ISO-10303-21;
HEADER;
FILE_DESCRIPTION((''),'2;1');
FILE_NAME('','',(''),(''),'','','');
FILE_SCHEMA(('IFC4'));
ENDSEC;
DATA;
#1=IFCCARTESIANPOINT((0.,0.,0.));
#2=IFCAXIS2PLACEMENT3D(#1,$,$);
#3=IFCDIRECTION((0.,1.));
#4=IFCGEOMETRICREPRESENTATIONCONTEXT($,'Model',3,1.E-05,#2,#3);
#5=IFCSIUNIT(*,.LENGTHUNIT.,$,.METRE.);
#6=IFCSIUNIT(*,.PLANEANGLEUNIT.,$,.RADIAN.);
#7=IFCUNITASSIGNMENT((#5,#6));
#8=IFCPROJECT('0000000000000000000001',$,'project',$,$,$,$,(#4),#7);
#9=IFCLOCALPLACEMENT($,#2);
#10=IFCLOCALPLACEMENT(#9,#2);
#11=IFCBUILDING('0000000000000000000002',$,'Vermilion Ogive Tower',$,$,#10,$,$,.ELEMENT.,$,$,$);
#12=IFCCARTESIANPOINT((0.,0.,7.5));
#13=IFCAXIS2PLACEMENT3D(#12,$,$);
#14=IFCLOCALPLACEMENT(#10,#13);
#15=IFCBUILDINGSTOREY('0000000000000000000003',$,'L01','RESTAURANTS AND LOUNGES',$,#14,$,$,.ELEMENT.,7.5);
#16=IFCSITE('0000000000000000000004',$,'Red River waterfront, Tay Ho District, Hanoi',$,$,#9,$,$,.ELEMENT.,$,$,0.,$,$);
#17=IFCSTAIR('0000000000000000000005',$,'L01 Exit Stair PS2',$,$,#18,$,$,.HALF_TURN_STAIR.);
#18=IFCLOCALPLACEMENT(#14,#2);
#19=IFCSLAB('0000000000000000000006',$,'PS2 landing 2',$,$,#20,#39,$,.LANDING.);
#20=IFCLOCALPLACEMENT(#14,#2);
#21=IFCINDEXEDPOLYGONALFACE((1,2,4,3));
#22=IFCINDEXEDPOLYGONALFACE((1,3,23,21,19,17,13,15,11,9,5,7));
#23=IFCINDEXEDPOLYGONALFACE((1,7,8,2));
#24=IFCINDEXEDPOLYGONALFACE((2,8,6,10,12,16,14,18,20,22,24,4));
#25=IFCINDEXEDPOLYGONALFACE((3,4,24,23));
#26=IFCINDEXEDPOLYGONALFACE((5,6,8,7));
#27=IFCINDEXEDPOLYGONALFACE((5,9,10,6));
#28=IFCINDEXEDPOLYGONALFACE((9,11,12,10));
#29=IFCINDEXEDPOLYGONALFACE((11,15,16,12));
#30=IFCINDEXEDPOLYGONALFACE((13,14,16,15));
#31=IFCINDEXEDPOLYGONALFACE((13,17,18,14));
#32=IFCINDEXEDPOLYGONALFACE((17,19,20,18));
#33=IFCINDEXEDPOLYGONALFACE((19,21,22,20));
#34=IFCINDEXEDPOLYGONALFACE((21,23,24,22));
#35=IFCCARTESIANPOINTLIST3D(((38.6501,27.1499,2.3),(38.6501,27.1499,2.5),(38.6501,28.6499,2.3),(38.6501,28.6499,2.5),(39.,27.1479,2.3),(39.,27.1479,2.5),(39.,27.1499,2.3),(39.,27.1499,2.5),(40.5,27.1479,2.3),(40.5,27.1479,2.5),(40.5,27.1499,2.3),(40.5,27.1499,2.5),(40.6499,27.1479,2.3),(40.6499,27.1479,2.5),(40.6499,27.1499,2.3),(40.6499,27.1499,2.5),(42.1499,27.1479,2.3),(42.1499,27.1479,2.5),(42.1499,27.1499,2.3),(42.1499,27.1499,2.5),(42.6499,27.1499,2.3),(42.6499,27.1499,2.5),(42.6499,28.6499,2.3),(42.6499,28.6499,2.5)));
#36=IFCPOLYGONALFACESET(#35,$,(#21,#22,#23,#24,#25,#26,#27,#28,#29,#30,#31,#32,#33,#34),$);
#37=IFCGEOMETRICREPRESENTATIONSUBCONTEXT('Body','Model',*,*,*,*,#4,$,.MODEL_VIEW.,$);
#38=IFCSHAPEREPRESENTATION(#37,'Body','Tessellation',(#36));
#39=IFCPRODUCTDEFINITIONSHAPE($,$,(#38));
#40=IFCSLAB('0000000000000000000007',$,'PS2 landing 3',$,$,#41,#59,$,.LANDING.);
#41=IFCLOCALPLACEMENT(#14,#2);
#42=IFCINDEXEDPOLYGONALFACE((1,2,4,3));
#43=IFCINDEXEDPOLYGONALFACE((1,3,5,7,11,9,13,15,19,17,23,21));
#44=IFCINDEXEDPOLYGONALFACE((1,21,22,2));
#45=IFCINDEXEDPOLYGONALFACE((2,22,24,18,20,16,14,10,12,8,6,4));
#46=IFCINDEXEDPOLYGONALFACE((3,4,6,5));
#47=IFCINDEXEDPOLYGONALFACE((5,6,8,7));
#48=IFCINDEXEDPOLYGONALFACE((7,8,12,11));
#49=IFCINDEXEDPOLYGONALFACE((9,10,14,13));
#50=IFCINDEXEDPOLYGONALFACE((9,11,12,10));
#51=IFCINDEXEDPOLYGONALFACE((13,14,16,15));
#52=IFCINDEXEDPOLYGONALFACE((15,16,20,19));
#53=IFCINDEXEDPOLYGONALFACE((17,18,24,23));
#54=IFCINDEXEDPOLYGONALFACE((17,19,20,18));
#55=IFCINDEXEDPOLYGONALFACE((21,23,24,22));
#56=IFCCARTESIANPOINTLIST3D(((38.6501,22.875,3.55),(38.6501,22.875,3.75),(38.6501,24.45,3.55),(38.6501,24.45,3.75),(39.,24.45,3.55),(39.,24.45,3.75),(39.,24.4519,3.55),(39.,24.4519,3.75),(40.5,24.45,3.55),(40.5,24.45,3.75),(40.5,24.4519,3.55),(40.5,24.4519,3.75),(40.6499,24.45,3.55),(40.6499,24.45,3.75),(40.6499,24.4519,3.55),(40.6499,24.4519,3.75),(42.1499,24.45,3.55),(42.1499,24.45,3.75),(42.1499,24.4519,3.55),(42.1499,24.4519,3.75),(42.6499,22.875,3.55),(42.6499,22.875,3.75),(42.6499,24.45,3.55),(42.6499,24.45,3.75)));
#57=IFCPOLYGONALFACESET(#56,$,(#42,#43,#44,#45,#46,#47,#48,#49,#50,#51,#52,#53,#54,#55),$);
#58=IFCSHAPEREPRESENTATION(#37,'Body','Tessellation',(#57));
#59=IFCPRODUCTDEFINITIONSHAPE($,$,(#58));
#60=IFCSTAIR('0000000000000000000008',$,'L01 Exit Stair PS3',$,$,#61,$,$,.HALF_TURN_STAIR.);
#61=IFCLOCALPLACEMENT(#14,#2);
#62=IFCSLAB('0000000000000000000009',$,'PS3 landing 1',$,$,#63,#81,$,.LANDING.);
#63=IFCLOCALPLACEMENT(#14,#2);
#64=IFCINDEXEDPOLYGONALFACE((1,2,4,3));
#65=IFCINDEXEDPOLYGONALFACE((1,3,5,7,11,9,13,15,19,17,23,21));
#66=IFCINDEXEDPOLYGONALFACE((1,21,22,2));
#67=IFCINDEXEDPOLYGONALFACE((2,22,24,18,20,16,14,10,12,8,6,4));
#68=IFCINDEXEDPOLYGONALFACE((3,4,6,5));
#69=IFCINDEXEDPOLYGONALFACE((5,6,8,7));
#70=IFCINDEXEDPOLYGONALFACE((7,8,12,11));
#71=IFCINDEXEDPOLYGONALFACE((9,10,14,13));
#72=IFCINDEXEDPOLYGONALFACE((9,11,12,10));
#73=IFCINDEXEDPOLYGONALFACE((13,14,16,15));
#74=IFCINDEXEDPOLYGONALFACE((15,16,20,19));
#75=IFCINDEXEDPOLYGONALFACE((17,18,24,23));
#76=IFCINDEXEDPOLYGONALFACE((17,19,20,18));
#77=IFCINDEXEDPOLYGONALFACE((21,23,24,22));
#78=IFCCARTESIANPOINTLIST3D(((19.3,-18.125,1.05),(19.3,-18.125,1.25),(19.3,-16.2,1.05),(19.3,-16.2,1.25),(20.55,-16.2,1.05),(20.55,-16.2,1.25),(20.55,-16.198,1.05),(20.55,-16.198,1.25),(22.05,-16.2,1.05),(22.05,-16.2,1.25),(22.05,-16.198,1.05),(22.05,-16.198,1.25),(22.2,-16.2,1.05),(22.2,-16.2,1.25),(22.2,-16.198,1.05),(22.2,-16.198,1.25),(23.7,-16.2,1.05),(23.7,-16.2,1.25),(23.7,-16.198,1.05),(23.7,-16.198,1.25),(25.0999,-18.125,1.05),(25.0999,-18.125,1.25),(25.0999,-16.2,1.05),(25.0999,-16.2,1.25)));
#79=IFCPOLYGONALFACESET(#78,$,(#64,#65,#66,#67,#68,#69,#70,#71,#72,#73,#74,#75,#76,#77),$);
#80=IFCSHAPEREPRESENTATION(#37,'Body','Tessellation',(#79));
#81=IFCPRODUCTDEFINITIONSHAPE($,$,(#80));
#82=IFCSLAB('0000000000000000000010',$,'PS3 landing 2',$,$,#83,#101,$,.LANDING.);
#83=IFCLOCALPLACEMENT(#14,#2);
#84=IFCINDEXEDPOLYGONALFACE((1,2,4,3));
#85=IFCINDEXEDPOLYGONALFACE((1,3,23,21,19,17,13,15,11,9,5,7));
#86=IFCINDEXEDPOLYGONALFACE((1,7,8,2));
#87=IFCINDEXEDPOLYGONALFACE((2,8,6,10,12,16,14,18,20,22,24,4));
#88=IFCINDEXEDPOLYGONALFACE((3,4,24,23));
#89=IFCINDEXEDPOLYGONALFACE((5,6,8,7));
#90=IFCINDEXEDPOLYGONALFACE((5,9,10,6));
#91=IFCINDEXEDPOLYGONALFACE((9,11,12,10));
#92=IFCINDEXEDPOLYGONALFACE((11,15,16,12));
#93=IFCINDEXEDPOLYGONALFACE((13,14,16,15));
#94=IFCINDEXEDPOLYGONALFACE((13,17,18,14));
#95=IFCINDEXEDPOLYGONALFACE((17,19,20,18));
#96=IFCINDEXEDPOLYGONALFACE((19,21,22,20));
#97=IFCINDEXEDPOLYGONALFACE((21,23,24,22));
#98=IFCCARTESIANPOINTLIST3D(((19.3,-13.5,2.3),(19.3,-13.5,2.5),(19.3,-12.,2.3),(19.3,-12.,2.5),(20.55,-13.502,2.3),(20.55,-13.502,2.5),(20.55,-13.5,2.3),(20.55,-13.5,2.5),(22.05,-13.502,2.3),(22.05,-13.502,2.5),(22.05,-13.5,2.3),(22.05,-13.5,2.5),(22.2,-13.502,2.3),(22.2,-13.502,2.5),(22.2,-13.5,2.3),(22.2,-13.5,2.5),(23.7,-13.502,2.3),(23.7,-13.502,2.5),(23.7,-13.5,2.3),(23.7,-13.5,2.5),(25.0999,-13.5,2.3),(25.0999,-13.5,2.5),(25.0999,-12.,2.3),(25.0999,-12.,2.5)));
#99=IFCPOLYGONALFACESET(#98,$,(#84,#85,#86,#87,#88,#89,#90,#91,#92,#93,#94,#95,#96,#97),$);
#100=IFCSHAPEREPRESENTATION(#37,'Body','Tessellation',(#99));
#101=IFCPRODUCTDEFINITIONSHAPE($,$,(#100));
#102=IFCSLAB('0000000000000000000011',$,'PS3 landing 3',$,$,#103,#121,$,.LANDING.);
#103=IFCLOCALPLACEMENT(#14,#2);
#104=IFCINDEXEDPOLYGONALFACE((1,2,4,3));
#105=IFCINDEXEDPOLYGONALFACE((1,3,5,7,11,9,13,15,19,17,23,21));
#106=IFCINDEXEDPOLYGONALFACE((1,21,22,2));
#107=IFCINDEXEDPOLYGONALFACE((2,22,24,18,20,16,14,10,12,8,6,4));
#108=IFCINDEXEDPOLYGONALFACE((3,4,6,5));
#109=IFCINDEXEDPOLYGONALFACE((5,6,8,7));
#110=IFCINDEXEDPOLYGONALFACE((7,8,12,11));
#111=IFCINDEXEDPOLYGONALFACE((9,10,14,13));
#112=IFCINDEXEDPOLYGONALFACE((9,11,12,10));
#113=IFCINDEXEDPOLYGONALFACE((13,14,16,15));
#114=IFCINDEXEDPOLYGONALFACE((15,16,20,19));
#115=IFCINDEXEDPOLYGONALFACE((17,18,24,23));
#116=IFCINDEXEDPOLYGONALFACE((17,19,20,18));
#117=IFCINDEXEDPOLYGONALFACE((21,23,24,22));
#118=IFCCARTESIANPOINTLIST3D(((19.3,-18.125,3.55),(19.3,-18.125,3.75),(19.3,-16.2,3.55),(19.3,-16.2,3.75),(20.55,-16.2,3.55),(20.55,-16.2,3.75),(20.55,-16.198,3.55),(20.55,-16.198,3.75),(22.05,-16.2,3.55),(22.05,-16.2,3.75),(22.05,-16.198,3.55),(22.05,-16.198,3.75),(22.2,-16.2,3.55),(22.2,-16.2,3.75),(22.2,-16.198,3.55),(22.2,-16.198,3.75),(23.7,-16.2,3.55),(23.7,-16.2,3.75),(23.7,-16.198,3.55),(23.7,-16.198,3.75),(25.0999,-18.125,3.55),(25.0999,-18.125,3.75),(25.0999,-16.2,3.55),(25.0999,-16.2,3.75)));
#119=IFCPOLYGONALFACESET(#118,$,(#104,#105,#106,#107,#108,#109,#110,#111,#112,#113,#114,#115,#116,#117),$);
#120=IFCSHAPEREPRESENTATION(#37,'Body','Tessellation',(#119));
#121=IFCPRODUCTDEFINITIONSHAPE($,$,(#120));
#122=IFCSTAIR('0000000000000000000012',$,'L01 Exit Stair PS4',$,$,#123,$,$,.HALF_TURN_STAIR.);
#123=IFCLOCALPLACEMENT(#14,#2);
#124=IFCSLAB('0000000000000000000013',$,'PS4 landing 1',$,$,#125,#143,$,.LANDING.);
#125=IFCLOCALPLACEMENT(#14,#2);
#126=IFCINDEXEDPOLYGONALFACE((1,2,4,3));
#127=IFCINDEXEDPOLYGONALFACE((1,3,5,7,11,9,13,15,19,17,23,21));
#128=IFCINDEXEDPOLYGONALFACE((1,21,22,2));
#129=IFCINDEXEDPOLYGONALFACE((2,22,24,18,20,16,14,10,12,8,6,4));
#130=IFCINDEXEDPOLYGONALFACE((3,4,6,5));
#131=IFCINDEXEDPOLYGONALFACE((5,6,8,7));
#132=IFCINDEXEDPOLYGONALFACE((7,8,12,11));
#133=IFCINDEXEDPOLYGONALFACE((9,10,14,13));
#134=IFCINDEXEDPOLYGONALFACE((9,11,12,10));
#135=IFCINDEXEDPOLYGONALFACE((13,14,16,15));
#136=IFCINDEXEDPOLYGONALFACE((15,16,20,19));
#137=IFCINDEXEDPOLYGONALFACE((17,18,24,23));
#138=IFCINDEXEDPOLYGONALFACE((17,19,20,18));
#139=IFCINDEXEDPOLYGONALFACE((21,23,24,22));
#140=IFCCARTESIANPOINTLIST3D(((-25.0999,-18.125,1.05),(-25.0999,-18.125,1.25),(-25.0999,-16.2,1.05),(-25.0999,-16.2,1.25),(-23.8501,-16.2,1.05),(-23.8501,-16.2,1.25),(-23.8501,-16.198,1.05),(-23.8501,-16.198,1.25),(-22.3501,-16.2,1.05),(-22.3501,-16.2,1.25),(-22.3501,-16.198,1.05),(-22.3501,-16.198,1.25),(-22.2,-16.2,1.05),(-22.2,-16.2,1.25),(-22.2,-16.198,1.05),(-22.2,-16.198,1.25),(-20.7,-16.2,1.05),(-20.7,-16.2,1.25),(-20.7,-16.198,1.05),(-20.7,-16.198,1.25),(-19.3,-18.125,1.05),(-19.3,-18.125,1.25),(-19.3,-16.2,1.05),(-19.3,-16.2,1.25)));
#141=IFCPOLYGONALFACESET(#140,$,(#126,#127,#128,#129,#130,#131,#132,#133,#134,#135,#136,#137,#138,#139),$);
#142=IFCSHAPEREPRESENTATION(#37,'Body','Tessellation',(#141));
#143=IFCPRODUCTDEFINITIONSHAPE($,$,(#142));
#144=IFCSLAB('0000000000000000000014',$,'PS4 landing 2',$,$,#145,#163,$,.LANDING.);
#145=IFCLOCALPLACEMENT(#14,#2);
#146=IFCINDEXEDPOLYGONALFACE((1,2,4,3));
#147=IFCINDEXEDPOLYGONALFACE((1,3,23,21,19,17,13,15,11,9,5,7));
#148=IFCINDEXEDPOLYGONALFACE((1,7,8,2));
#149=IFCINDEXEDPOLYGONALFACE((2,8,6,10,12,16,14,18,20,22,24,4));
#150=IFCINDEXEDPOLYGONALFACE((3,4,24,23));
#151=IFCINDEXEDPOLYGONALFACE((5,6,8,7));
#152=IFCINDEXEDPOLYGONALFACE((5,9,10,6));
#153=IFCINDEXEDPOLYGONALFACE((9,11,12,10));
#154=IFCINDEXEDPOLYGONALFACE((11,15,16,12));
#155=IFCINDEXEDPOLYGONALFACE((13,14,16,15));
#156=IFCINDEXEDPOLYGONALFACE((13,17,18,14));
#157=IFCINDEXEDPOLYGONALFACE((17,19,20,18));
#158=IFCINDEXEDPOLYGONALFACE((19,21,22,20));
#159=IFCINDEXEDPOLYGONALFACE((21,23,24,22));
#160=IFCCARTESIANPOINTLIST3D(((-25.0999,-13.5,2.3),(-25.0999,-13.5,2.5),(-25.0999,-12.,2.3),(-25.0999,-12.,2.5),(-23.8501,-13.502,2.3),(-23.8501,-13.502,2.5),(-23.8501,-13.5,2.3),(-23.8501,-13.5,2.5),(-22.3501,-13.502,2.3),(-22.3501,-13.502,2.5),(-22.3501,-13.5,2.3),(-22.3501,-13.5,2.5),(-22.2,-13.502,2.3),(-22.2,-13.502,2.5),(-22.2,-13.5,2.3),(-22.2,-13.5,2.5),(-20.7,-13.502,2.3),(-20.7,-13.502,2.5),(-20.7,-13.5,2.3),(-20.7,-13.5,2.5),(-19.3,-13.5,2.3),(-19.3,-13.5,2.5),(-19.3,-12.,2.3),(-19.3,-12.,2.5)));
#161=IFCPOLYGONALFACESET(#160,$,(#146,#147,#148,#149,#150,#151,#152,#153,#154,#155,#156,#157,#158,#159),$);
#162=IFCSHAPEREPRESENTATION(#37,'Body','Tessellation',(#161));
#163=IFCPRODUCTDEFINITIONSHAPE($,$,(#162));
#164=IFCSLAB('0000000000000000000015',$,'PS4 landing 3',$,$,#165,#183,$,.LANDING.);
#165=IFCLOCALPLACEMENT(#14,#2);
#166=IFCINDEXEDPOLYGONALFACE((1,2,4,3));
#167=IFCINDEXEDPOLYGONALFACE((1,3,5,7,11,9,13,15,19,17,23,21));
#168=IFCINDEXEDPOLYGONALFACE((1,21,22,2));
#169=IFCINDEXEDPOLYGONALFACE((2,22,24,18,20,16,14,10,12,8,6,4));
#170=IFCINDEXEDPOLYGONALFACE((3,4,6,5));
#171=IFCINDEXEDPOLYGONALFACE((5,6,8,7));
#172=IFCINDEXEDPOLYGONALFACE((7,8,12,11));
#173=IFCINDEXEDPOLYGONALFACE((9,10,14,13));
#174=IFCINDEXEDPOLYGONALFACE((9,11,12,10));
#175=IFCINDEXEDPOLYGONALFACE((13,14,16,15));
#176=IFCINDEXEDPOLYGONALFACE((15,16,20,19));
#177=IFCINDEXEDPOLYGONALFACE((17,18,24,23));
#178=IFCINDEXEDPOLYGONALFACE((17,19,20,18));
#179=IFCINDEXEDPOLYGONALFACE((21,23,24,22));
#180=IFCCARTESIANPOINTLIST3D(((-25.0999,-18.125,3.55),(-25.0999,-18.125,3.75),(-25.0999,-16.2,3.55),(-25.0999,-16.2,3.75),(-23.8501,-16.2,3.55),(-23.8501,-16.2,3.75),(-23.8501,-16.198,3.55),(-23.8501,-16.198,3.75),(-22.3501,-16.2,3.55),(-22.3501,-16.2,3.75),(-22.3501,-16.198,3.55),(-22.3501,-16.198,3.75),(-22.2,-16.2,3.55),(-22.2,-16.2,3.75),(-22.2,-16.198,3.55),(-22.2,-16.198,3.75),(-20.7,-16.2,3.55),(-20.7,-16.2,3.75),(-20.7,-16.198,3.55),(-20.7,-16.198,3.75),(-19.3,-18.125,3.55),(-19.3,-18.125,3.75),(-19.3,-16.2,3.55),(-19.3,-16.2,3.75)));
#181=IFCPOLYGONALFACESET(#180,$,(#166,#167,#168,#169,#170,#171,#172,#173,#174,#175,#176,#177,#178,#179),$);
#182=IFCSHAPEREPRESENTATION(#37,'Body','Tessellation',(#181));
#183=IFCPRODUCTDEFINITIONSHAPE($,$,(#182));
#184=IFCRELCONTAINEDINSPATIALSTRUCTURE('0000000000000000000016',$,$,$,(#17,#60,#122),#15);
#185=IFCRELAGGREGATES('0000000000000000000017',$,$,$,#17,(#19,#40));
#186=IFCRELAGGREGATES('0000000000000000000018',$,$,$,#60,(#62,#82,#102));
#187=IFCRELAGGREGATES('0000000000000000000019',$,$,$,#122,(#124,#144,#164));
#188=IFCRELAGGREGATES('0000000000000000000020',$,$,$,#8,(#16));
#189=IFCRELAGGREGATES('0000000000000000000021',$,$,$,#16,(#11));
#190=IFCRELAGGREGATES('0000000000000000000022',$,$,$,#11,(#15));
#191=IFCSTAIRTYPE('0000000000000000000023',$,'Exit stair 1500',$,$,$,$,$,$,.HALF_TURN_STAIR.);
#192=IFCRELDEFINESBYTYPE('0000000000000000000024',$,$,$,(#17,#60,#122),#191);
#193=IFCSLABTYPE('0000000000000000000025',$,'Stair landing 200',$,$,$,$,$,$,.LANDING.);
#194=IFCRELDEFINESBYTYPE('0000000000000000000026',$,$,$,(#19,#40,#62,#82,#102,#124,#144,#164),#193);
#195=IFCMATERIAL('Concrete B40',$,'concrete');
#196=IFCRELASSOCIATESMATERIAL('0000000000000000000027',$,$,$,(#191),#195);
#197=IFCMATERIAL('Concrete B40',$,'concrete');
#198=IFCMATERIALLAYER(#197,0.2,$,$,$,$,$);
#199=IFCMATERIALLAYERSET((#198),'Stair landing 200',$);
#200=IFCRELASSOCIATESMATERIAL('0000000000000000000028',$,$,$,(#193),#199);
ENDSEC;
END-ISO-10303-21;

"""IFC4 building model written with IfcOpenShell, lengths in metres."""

from ifc_helpers import new_model, si_unit, direction, frame, origin, place, context, subcontext, project, spatial, polyline, outline, extrude, material, layer, layer_set, type_object, element, aggregate, save


model = new_model("IFC4")

# Units and contexts
model_context = context("Model", 3, precision=1e-05, world=origin(), true_north=direction((0.0, 1.0)))
body_context = subcontext(model_context, "Body", "Model", "MODEL_VIEW")
ifc_project = project(units=[si_unit("LENGTHUNIT", "METRE"), si_unit("PLANEANGLEUNIT", "RADIAN")], contexts=[model_context])

# Site, building, storey
site_placement = place(None, origin())
site = spatial("IfcSite", under=ifc_project, at=site_placement, Name="Red River waterfront, Tay Ho District, Hanoi", CompositionType="ELEMENT", RefElevation=0.0)
building_placement = place(site_placement, origin())
building = spatial("IfcBuilding", under=site, at=building_placement, Name="Vermilion Ogive Tower", CompositionType="ELEMENT")
storey_placement = place(building_placement, frame((0.0, 0.0, 7.5)))
storey = spatial("IfcBuildingStorey", under=building, at=storey_placement, Name="L01", Description="RESTAURANTS AND LOUNGES", CompositionType="ELEMENT", Elevation=7.5)

# Shared definitions
ifc_material_1 = material(Name="Concrete B40", Category="concrete")
stair_type = type_object("IfcStairType", Name="Exit stair 1500", PredefinedType="HALF_TURN_STAIR", material=ifc_material_1)
ifc_material_2 = material(Name="Concrete B40", Category="concrete")
ifc_layer_1 = layer(ifc_material_2, 0.2)
ifc_layer_set_1 = layer_set([ifc_layer_1], Name="Stair landing 200")
slab_type = type_object("IfcSlabType", Name="Stair landing 200", PredefinedType="LANDING", material=ifc_layer_set_1)

# Stairs, slabs
stair_1_placement = place(storey_placement, origin())
stair_1 = element("IfcStair", 1, at=stair_1_placement, inside=storey, type_object=stair_type, Name="L01 Exit Stair PS2", PredefinedType="HALF_TURN_STAIR")
slab_1_placement = place(storey_placement, frame((0.0, 0.0, 2.3)))
slab_1 = element("IfcSlab", 2, at=slab_1_placement, type_object=slab_type, Name="PS2 landing 2", PredefinedType="LANDING", context=body_context, shape_type="SweptSolid", body=[
    extrude(outline(polyline([(38.6501, 27.1499), (39.0, 27.1499), (39.0, 27.1479), (40.5, 27.1479), (40.5, 27.1499), (40.6499, 27.1499), (40.6499, 27.1479), (42.1499, 27.1479), (42.1499, 27.1499), (42.6499, 27.1499), (42.6499, 28.6499), (38.6501, 28.6499), (38.6501, 27.1499)])), origin(), (0.0, 0.0, 1.0), 0.2),
])
slab_2_placement = place(storey_placement, frame((0.0, 0.0, 3.55)))
slab_2 = element("IfcSlab", 3, at=slab_2_placement, type_object=slab_type, Name="PS2 landing 3", PredefinedType="LANDING", context=body_context, shape_type="SweptSolid", body=[
    extrude(outline(polyline([(42.6499, 24.45), (42.1499, 24.45), (42.1499, 24.4519), (40.6499, 24.4519), (40.6499, 24.45), (40.5, 24.45), (40.5, 24.4519), (39.0, 24.4519), (39.0, 24.45), (38.6501, 24.45), (38.6501, 22.875), (42.6499, 22.875), (42.6499, 24.45)])), origin(), (0.0, 0.0, 1.0), 0.2),
])
aggregate(stair_1, [slab_1, slab_2])
stair_2_placement = place(storey_placement, origin())
stair_2 = element("IfcStair", 4, at=stair_2_placement, inside=storey, type_object=stair_type, Name="L01 Exit Stair PS3", PredefinedType="HALF_TURN_STAIR")
slab_3_placement = place(storey_placement, frame((0.0, 0.0, 1.05)))
slab_3 = element("IfcSlab", 5, at=slab_3_placement, type_object=slab_type, Name="PS3 landing 1", PredefinedType="LANDING", context=body_context, shape_type="SweptSolid", body=[
    extrude(outline(polyline([(25.0999, -16.2), (23.7, -16.2), (23.7, -16.198), (22.2, -16.198), (22.2, -16.2), (22.05, -16.2), (22.05, -16.198), (20.55, -16.198), (20.55, -16.2), (19.3, -16.2), (19.3, -18.125), (25.0999, -18.125), (25.0999, -16.2)])), origin(), (0.0, 0.0, 1.0), 0.2),
])
slab_4_placement = place(storey_placement, frame((0.0, 0.0, 2.3)))
slab_4 = element("IfcSlab", 6, at=slab_4_placement, type_object=slab_type, Name="PS3 landing 2", PredefinedType="LANDING", context=body_context, shape_type="SweptSolid", body=[
    extrude(outline(polyline([(19.3, -13.5), (20.55, -13.5), (20.55, -13.502), (22.05, -13.502), (22.05, -13.5), (22.2, -13.5), (22.2, -13.502), (23.7, -13.502), (23.7, -13.5), (25.0999, -13.5), (25.0999, -12.0), (19.3, -12.0), (19.3, -13.5)])), origin(), (0.0, 0.0, 1.0), 0.2),
])
slab_5_placement = place(storey_placement, frame((0.0, 0.0, 3.55)))
slab_5 = element("IfcSlab", 7, at=slab_5_placement, type_object=slab_type, Name="PS3 landing 3", PredefinedType="LANDING", context=body_context, shape_type="SweptSolid", body=[
    extrude(outline(polyline([(25.0999, -16.2), (23.7, -16.2), (23.7, -16.198), (22.2, -16.198), (22.2, -16.2), (22.05, -16.2), (22.05, -16.198), (20.55, -16.198), (20.55, -16.2), (19.3, -16.2), (19.3, -18.125), (25.0999, -18.125), (25.0999, -16.2)])), origin(), (0.0, 0.0, 1.0), 0.2),
])
aggregate(stair_2, [slab_3, slab_4, slab_5])
stair_3_placement = place(storey_placement, origin())
stair_3 = element("IfcStair", 8, at=stair_3_placement, inside=storey, type_object=stair_type, Name="L01 Exit Stair PS4", PredefinedType="HALF_TURN_STAIR")
slab_6_placement = place(storey_placement, frame((0.0, 0.0, 1.05)))
slab_6 = element("IfcSlab", 9, at=slab_6_placement, type_object=slab_type, Name="PS4 landing 1", PredefinedType="LANDING", context=body_context, shape_type="SweptSolid", body=[
    extrude(outline(polyline([(-19.3, -16.2), (-20.7, -16.2), (-20.7, -16.198), (-22.2, -16.198), (-22.2, -16.2), (-22.3501, -16.2), (-22.3501, -16.198), (-23.8501, -16.198), (-23.8501, -16.2), (-25.0999, -16.2), (-25.0999, -18.125), (-19.3, -18.125), (-19.3, -16.2)])), origin(), (0.0, 0.0, 1.0), 0.2),
])
slab_7_placement = place(storey_placement, frame((0.0, 0.0, 2.3)))
slab_7 = element("IfcSlab", 10, at=slab_7_placement, type_object=slab_type, Name="PS4 landing 2", PredefinedType="LANDING", context=body_context, shape_type="SweptSolid", body=[
    extrude(outline(polyline([(-25.0999, -13.5), (-23.8501, -13.5), (-23.8501, -13.502), (-22.3501, -13.502), (-22.3501, -13.5), (-22.2, -13.5), (-22.2, -13.502), (-20.7, -13.502), (-20.7, -13.5), (-19.3, -13.5), (-19.3, -12.0), (-25.0999, -12.0), (-25.0999, -13.5)])), origin(), (0.0, 0.0, 1.0), 0.2),
])
slab_8_placement = place(storey_placement, frame((0.0, 0.0, 3.55)))
slab_8 = element("IfcSlab", 11, at=slab_8_placement, type_object=slab_type, Name="PS4 landing 3", PredefinedType="LANDING", context=body_context, shape_type="SweptSolid", body=[
    extrude(outline(polyline([(-19.3, -16.2), (-20.7, -16.2), (-20.7, -16.198), (-22.2, -16.198), (-22.2, -16.2), (-22.3501, -16.2), (-22.3501, -16.198), (-23.8501, -16.198), (-23.8501, -16.2), (-25.0999, -16.2), (-25.0999, -18.125), (-19.3, -18.125), (-19.3, -16.2)])), origin(), (0.0, 0.0, 1.0), 0.2),
])
aggregate(stair_3, [slab_6, slab_7, slab_8])

save(model, "model.ifc")
